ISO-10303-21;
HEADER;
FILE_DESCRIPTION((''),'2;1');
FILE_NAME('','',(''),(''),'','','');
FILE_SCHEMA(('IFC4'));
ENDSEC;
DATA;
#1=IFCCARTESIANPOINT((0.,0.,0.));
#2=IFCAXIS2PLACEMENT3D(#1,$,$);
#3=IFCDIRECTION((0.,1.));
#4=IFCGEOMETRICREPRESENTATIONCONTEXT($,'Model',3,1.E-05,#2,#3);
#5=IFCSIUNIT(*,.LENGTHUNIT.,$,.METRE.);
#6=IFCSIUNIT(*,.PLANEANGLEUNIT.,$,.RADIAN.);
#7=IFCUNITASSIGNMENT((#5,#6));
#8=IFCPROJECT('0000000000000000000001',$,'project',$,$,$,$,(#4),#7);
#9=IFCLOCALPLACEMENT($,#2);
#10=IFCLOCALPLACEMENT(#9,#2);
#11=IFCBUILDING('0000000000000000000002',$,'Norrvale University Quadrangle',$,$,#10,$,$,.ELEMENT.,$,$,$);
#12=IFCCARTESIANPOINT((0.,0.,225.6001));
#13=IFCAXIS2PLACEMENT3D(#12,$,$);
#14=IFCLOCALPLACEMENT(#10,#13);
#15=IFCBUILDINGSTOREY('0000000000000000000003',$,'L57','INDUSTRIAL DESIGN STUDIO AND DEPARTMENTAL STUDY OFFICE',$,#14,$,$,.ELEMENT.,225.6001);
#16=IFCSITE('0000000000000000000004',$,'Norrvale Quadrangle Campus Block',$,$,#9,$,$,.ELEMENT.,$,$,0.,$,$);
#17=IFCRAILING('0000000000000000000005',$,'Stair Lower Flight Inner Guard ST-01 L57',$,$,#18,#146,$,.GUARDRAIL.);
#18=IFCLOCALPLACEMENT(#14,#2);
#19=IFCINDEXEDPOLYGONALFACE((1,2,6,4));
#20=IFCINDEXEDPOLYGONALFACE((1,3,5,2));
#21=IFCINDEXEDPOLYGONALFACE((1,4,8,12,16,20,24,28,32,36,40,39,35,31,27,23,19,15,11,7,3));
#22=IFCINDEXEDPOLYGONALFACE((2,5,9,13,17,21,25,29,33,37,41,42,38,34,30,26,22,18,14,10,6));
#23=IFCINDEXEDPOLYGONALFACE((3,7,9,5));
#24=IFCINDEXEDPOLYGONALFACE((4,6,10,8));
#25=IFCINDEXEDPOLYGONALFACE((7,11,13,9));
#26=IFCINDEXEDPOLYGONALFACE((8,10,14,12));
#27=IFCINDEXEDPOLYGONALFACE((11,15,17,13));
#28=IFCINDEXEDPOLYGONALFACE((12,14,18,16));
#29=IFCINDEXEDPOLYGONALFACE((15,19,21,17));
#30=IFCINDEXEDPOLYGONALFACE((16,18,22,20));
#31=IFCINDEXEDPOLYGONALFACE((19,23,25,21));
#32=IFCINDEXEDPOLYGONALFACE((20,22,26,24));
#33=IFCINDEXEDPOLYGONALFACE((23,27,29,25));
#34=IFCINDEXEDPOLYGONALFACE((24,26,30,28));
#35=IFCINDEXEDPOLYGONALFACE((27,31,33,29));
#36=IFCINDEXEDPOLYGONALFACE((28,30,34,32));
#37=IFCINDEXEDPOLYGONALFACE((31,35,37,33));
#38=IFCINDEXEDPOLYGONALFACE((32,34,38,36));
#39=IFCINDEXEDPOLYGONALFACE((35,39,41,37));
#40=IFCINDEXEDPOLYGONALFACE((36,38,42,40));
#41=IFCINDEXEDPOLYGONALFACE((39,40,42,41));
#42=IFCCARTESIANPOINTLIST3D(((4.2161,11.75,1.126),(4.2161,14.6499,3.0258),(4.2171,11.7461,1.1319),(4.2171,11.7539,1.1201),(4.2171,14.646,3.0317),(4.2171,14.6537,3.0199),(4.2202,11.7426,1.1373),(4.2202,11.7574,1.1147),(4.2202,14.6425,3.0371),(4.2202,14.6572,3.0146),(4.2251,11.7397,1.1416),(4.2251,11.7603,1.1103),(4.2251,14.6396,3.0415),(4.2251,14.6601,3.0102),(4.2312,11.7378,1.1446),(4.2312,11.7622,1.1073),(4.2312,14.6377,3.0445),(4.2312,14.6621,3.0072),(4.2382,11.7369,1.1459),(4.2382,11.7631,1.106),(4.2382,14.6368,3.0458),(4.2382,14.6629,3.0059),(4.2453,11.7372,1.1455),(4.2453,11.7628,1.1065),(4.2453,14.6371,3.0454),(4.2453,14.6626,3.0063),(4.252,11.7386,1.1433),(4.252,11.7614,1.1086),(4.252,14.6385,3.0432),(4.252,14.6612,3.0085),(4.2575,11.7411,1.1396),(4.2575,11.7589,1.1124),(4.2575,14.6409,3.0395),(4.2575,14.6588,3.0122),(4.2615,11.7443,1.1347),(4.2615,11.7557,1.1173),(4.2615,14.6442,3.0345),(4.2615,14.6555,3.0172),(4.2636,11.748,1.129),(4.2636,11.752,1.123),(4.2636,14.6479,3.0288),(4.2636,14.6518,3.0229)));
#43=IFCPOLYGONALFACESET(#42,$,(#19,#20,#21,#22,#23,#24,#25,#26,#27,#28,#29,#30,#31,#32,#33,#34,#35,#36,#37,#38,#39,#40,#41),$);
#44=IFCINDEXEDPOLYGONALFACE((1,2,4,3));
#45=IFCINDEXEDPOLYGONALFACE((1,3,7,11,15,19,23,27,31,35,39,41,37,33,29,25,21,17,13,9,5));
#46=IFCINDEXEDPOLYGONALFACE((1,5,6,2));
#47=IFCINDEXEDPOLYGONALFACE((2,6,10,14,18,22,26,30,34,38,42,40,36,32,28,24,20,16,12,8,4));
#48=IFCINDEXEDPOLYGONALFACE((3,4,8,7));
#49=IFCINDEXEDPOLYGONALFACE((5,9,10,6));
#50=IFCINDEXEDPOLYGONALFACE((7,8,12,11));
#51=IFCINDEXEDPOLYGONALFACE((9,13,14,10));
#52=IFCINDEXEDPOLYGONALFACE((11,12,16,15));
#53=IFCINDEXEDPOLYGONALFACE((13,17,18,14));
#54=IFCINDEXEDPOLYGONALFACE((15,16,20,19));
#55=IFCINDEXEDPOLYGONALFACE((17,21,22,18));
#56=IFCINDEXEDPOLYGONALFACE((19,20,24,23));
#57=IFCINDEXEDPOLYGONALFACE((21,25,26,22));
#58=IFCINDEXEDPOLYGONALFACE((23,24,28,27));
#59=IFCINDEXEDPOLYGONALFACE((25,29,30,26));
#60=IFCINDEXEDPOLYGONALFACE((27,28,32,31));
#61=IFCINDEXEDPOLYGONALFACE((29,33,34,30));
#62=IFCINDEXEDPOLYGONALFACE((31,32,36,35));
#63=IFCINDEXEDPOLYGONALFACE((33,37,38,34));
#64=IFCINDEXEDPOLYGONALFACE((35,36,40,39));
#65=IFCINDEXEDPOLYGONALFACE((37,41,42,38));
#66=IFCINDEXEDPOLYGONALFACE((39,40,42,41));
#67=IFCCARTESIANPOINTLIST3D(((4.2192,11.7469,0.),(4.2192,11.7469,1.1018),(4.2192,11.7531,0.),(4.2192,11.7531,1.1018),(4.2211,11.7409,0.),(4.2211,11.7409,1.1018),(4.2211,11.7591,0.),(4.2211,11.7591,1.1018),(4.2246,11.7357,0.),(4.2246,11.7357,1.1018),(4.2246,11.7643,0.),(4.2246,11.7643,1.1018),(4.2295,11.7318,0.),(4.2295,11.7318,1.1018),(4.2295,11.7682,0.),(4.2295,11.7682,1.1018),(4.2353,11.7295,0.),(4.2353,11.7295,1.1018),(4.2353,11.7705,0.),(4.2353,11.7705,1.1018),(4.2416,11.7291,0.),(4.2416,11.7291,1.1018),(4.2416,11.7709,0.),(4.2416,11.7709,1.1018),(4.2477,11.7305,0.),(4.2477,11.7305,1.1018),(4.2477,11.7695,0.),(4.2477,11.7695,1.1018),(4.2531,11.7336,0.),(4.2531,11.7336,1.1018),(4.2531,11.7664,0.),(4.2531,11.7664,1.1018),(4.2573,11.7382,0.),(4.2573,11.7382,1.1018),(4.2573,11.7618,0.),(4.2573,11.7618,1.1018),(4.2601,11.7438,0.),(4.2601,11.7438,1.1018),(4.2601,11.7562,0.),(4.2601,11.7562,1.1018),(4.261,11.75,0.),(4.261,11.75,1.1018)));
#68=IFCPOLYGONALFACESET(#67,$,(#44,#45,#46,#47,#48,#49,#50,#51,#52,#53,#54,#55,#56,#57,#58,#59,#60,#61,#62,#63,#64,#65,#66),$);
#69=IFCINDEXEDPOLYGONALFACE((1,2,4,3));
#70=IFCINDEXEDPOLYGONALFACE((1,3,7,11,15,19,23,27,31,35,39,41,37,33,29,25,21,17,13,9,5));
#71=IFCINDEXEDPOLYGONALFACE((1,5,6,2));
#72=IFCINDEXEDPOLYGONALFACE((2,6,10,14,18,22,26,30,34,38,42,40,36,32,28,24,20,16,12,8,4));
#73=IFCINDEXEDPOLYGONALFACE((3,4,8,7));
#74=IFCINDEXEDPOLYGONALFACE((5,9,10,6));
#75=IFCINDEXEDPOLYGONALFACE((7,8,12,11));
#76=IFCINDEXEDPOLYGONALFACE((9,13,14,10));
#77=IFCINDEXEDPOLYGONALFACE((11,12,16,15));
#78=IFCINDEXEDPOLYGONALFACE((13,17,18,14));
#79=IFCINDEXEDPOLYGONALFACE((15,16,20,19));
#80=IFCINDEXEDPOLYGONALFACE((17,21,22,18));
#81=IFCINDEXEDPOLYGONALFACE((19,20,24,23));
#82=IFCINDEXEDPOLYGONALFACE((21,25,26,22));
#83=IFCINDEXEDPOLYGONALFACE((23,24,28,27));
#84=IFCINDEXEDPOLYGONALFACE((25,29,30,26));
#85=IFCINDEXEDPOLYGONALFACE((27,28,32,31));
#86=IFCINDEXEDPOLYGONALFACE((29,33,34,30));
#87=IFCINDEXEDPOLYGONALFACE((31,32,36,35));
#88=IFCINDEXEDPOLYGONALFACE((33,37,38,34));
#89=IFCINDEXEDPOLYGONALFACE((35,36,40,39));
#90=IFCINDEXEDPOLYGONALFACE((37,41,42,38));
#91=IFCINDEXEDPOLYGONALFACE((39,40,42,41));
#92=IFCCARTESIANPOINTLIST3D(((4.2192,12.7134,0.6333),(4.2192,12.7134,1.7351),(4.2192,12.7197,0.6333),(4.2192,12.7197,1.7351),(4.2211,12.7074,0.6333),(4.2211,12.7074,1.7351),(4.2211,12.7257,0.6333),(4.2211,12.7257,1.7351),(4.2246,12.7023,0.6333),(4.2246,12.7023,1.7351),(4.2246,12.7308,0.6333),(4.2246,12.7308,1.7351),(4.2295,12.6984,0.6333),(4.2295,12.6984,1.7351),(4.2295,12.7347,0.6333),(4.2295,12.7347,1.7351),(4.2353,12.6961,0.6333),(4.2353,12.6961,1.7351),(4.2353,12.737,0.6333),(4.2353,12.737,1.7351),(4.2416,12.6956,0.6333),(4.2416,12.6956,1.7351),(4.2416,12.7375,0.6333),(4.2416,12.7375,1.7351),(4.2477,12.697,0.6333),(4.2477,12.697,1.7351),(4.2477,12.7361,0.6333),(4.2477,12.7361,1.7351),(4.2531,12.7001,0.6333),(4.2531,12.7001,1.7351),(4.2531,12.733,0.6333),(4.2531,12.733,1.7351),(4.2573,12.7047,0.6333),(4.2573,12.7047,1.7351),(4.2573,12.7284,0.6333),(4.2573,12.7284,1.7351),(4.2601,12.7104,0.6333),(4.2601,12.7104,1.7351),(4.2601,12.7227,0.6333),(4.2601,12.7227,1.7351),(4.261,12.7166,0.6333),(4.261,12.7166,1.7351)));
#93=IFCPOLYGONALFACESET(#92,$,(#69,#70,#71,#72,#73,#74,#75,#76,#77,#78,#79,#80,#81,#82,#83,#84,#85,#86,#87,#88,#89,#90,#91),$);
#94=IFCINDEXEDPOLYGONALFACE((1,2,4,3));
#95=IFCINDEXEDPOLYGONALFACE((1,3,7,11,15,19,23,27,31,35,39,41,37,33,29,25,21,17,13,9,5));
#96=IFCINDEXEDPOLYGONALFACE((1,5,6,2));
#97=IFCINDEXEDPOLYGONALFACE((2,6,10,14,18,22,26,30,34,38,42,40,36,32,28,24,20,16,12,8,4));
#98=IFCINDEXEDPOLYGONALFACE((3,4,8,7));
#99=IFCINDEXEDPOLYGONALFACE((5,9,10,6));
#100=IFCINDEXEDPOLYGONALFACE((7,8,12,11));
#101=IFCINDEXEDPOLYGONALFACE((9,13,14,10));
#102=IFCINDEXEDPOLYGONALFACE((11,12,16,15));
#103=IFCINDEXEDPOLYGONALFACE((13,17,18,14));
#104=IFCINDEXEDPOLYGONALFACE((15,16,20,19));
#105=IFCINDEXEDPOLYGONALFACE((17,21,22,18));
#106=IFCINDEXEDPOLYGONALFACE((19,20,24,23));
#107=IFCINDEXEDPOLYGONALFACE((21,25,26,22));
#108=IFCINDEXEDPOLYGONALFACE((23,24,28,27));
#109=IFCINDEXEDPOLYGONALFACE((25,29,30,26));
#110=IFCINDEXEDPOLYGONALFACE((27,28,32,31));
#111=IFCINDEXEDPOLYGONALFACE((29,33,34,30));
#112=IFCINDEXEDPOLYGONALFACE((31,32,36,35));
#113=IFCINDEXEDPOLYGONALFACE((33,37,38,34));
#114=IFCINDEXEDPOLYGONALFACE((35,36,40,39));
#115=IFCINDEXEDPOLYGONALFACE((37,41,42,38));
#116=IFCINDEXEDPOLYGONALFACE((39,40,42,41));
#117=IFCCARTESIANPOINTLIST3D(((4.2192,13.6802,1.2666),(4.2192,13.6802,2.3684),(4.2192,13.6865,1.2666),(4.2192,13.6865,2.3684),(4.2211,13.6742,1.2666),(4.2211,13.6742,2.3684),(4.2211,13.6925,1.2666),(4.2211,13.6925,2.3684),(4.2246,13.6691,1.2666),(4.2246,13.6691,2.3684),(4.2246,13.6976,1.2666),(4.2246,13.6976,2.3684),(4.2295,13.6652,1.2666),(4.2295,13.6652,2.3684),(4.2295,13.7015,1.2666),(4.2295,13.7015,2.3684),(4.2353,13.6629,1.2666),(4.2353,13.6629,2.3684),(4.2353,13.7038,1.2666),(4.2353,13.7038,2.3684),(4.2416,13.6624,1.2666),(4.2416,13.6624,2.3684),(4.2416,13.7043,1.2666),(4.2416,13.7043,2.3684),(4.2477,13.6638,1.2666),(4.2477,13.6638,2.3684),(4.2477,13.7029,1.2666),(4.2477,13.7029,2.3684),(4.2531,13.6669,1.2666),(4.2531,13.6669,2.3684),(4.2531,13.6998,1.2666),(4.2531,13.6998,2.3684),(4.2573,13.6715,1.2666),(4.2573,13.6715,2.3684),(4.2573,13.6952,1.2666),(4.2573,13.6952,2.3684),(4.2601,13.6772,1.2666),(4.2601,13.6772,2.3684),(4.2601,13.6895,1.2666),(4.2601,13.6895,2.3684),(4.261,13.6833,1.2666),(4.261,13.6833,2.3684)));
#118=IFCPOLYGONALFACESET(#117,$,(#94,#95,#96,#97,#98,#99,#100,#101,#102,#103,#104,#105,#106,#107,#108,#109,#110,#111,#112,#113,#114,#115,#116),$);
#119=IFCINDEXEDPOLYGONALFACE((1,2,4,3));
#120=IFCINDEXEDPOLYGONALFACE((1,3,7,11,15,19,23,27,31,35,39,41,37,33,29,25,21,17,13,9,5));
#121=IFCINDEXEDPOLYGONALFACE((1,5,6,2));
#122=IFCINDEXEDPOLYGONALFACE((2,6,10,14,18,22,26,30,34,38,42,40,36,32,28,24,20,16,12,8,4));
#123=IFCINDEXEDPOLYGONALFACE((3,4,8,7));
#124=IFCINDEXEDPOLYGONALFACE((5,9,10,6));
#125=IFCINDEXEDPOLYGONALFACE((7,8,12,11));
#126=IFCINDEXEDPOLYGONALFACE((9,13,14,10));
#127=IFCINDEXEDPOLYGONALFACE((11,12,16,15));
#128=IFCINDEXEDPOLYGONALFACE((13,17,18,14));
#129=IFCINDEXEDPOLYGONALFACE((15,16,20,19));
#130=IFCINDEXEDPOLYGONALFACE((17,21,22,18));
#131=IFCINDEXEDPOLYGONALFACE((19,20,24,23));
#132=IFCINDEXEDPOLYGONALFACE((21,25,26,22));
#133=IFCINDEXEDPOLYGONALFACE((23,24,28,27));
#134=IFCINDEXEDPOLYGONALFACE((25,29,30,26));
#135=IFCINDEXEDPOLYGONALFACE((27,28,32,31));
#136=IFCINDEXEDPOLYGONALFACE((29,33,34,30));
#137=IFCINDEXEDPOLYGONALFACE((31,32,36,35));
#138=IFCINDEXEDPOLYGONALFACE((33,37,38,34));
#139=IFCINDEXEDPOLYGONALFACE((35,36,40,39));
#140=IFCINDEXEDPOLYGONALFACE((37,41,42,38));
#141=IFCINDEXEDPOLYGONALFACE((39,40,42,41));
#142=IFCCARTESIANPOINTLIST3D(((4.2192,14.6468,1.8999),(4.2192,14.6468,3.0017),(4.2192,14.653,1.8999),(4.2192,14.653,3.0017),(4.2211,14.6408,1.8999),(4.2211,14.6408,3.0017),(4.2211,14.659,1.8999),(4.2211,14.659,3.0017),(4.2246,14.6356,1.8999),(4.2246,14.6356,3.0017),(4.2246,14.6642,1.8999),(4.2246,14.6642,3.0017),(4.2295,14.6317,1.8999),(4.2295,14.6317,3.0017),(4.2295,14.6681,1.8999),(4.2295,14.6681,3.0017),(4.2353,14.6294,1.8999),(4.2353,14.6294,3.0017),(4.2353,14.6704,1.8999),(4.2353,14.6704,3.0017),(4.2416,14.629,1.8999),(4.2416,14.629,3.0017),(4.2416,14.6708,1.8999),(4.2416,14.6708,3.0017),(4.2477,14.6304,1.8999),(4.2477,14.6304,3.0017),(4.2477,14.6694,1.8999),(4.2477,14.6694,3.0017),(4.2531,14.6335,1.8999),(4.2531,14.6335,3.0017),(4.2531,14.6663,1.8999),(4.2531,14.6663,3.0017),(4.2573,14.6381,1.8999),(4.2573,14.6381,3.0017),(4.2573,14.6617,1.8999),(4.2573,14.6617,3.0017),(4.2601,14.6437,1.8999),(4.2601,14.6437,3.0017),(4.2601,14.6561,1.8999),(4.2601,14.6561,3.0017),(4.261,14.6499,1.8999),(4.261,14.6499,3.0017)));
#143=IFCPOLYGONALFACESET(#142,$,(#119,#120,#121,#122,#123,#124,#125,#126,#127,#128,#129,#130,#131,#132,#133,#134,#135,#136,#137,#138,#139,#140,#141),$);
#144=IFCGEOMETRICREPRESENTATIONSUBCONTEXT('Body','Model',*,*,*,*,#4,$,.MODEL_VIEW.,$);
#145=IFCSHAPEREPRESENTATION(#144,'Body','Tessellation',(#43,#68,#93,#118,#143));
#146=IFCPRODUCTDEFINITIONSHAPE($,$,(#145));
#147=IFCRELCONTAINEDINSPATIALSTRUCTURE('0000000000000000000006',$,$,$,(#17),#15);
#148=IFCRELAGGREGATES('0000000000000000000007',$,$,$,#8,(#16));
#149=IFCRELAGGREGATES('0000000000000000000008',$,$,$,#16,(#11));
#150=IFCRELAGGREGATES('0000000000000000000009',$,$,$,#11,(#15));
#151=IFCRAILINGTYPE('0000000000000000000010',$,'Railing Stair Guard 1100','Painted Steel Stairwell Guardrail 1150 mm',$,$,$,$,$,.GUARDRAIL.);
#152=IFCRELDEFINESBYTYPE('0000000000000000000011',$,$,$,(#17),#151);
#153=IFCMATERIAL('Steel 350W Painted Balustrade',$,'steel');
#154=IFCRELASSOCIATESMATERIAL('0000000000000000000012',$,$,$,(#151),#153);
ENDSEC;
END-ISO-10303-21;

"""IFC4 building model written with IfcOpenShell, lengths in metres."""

from ifc_helpers import new_model, si_unit, direction, frame, origin, origin_2d, place, context, subcontext, project, spatial, circle, extrude, material, type_object, element, save


model = new_model("IFC4")

# Units and contexts
model_context = context("Model", 3, precision=1e-05, world=origin(), true_north=direction((0.0, 1.0)))
body_context = subcontext(model_context, "Body", "Model", "MODEL_VIEW")
ifc_project = project(units=[si_unit("LENGTHUNIT", "METRE"), si_unit("PLANEANGLEUNIT", "RADIAN")], contexts=[model_context])

# Site, building, storey
site_placement = place(None, origin())
site = spatial("IfcSite", under=ifc_project, at=site_placement, Name="Norrvale Quadrangle Campus Block", CompositionType="ELEMENT", RefElevation=0.0)
building_placement = place(site_placement, origin())
building = spatial("IfcBuilding", under=site, at=building_placement, Name="Norrvale University Quadrangle", CompositionType="ELEMENT")
storey_placement = place(building_placement, frame((0.0, 0.0, 225.6001)))
storey = spatial("IfcBuildingStorey", under=building, at=storey_placement, Name="L57", Description="INDUSTRIAL DESIGN STUDIO AND DEPARTMENTAL STUDY OFFICE", CompositionType="ELEMENT", Elevation=225.6001)

# Railing
ifc_material_1 = material(Name="Steel 350W Painted Balustrade", Category="steel")
railing_type_1 = type_object("IfcRailingType", Name="Railing Stair Guard 1100", Description="Painted Steel Stairwell Guardrail 1150 mm", PredefinedType="GUARDRAIL", material=ifc_material_1)
railing_1_placement = place(storey_placement, frame((4.24, 11.75, 0.0)))
element("IfcRailing", 1, at=railing_1_placement, inside=storey, type_object=railing_type_1, Name="Stair Lower Flight Inner Guard ST-01 L57", PredefinedType="GUARDRAIL", context=body_context, shape_type="SweptSolid", body=[
    extrude(circle(Radius=0.0239, at=origin_2d()), frame((0.0, 0.0, 1.126), z_axis=(0.0, 0.836466, 0.548019), x_axis=(-1.0, 0.0, 0.0)), (0.0, 0.0, 1.0), 3.4668),
    extrude(circle(Radius=0.021, at=origin_2d()), origin(), (0.0, 0.0, 1.0), 1.1018),
    extrude(circle(Radius=0.021, at=origin_2d()), frame((0.0, 0.9666, 0.6333)), (0.0, 0.0, 1.0), 1.1018),
    extrude(circle(Radius=0.021, at=origin_2d()), frame((0.0, 1.9333, 1.2666)), (0.0, 0.0, 1.0), 1.1018),
    extrude(circle(Radius=0.021, at=origin_2d()), frame((0.0, 2.8999, 1.8999)), (0.0, 0.0, 1.0), 1.1018),
])

save(model, "model.ifc")
